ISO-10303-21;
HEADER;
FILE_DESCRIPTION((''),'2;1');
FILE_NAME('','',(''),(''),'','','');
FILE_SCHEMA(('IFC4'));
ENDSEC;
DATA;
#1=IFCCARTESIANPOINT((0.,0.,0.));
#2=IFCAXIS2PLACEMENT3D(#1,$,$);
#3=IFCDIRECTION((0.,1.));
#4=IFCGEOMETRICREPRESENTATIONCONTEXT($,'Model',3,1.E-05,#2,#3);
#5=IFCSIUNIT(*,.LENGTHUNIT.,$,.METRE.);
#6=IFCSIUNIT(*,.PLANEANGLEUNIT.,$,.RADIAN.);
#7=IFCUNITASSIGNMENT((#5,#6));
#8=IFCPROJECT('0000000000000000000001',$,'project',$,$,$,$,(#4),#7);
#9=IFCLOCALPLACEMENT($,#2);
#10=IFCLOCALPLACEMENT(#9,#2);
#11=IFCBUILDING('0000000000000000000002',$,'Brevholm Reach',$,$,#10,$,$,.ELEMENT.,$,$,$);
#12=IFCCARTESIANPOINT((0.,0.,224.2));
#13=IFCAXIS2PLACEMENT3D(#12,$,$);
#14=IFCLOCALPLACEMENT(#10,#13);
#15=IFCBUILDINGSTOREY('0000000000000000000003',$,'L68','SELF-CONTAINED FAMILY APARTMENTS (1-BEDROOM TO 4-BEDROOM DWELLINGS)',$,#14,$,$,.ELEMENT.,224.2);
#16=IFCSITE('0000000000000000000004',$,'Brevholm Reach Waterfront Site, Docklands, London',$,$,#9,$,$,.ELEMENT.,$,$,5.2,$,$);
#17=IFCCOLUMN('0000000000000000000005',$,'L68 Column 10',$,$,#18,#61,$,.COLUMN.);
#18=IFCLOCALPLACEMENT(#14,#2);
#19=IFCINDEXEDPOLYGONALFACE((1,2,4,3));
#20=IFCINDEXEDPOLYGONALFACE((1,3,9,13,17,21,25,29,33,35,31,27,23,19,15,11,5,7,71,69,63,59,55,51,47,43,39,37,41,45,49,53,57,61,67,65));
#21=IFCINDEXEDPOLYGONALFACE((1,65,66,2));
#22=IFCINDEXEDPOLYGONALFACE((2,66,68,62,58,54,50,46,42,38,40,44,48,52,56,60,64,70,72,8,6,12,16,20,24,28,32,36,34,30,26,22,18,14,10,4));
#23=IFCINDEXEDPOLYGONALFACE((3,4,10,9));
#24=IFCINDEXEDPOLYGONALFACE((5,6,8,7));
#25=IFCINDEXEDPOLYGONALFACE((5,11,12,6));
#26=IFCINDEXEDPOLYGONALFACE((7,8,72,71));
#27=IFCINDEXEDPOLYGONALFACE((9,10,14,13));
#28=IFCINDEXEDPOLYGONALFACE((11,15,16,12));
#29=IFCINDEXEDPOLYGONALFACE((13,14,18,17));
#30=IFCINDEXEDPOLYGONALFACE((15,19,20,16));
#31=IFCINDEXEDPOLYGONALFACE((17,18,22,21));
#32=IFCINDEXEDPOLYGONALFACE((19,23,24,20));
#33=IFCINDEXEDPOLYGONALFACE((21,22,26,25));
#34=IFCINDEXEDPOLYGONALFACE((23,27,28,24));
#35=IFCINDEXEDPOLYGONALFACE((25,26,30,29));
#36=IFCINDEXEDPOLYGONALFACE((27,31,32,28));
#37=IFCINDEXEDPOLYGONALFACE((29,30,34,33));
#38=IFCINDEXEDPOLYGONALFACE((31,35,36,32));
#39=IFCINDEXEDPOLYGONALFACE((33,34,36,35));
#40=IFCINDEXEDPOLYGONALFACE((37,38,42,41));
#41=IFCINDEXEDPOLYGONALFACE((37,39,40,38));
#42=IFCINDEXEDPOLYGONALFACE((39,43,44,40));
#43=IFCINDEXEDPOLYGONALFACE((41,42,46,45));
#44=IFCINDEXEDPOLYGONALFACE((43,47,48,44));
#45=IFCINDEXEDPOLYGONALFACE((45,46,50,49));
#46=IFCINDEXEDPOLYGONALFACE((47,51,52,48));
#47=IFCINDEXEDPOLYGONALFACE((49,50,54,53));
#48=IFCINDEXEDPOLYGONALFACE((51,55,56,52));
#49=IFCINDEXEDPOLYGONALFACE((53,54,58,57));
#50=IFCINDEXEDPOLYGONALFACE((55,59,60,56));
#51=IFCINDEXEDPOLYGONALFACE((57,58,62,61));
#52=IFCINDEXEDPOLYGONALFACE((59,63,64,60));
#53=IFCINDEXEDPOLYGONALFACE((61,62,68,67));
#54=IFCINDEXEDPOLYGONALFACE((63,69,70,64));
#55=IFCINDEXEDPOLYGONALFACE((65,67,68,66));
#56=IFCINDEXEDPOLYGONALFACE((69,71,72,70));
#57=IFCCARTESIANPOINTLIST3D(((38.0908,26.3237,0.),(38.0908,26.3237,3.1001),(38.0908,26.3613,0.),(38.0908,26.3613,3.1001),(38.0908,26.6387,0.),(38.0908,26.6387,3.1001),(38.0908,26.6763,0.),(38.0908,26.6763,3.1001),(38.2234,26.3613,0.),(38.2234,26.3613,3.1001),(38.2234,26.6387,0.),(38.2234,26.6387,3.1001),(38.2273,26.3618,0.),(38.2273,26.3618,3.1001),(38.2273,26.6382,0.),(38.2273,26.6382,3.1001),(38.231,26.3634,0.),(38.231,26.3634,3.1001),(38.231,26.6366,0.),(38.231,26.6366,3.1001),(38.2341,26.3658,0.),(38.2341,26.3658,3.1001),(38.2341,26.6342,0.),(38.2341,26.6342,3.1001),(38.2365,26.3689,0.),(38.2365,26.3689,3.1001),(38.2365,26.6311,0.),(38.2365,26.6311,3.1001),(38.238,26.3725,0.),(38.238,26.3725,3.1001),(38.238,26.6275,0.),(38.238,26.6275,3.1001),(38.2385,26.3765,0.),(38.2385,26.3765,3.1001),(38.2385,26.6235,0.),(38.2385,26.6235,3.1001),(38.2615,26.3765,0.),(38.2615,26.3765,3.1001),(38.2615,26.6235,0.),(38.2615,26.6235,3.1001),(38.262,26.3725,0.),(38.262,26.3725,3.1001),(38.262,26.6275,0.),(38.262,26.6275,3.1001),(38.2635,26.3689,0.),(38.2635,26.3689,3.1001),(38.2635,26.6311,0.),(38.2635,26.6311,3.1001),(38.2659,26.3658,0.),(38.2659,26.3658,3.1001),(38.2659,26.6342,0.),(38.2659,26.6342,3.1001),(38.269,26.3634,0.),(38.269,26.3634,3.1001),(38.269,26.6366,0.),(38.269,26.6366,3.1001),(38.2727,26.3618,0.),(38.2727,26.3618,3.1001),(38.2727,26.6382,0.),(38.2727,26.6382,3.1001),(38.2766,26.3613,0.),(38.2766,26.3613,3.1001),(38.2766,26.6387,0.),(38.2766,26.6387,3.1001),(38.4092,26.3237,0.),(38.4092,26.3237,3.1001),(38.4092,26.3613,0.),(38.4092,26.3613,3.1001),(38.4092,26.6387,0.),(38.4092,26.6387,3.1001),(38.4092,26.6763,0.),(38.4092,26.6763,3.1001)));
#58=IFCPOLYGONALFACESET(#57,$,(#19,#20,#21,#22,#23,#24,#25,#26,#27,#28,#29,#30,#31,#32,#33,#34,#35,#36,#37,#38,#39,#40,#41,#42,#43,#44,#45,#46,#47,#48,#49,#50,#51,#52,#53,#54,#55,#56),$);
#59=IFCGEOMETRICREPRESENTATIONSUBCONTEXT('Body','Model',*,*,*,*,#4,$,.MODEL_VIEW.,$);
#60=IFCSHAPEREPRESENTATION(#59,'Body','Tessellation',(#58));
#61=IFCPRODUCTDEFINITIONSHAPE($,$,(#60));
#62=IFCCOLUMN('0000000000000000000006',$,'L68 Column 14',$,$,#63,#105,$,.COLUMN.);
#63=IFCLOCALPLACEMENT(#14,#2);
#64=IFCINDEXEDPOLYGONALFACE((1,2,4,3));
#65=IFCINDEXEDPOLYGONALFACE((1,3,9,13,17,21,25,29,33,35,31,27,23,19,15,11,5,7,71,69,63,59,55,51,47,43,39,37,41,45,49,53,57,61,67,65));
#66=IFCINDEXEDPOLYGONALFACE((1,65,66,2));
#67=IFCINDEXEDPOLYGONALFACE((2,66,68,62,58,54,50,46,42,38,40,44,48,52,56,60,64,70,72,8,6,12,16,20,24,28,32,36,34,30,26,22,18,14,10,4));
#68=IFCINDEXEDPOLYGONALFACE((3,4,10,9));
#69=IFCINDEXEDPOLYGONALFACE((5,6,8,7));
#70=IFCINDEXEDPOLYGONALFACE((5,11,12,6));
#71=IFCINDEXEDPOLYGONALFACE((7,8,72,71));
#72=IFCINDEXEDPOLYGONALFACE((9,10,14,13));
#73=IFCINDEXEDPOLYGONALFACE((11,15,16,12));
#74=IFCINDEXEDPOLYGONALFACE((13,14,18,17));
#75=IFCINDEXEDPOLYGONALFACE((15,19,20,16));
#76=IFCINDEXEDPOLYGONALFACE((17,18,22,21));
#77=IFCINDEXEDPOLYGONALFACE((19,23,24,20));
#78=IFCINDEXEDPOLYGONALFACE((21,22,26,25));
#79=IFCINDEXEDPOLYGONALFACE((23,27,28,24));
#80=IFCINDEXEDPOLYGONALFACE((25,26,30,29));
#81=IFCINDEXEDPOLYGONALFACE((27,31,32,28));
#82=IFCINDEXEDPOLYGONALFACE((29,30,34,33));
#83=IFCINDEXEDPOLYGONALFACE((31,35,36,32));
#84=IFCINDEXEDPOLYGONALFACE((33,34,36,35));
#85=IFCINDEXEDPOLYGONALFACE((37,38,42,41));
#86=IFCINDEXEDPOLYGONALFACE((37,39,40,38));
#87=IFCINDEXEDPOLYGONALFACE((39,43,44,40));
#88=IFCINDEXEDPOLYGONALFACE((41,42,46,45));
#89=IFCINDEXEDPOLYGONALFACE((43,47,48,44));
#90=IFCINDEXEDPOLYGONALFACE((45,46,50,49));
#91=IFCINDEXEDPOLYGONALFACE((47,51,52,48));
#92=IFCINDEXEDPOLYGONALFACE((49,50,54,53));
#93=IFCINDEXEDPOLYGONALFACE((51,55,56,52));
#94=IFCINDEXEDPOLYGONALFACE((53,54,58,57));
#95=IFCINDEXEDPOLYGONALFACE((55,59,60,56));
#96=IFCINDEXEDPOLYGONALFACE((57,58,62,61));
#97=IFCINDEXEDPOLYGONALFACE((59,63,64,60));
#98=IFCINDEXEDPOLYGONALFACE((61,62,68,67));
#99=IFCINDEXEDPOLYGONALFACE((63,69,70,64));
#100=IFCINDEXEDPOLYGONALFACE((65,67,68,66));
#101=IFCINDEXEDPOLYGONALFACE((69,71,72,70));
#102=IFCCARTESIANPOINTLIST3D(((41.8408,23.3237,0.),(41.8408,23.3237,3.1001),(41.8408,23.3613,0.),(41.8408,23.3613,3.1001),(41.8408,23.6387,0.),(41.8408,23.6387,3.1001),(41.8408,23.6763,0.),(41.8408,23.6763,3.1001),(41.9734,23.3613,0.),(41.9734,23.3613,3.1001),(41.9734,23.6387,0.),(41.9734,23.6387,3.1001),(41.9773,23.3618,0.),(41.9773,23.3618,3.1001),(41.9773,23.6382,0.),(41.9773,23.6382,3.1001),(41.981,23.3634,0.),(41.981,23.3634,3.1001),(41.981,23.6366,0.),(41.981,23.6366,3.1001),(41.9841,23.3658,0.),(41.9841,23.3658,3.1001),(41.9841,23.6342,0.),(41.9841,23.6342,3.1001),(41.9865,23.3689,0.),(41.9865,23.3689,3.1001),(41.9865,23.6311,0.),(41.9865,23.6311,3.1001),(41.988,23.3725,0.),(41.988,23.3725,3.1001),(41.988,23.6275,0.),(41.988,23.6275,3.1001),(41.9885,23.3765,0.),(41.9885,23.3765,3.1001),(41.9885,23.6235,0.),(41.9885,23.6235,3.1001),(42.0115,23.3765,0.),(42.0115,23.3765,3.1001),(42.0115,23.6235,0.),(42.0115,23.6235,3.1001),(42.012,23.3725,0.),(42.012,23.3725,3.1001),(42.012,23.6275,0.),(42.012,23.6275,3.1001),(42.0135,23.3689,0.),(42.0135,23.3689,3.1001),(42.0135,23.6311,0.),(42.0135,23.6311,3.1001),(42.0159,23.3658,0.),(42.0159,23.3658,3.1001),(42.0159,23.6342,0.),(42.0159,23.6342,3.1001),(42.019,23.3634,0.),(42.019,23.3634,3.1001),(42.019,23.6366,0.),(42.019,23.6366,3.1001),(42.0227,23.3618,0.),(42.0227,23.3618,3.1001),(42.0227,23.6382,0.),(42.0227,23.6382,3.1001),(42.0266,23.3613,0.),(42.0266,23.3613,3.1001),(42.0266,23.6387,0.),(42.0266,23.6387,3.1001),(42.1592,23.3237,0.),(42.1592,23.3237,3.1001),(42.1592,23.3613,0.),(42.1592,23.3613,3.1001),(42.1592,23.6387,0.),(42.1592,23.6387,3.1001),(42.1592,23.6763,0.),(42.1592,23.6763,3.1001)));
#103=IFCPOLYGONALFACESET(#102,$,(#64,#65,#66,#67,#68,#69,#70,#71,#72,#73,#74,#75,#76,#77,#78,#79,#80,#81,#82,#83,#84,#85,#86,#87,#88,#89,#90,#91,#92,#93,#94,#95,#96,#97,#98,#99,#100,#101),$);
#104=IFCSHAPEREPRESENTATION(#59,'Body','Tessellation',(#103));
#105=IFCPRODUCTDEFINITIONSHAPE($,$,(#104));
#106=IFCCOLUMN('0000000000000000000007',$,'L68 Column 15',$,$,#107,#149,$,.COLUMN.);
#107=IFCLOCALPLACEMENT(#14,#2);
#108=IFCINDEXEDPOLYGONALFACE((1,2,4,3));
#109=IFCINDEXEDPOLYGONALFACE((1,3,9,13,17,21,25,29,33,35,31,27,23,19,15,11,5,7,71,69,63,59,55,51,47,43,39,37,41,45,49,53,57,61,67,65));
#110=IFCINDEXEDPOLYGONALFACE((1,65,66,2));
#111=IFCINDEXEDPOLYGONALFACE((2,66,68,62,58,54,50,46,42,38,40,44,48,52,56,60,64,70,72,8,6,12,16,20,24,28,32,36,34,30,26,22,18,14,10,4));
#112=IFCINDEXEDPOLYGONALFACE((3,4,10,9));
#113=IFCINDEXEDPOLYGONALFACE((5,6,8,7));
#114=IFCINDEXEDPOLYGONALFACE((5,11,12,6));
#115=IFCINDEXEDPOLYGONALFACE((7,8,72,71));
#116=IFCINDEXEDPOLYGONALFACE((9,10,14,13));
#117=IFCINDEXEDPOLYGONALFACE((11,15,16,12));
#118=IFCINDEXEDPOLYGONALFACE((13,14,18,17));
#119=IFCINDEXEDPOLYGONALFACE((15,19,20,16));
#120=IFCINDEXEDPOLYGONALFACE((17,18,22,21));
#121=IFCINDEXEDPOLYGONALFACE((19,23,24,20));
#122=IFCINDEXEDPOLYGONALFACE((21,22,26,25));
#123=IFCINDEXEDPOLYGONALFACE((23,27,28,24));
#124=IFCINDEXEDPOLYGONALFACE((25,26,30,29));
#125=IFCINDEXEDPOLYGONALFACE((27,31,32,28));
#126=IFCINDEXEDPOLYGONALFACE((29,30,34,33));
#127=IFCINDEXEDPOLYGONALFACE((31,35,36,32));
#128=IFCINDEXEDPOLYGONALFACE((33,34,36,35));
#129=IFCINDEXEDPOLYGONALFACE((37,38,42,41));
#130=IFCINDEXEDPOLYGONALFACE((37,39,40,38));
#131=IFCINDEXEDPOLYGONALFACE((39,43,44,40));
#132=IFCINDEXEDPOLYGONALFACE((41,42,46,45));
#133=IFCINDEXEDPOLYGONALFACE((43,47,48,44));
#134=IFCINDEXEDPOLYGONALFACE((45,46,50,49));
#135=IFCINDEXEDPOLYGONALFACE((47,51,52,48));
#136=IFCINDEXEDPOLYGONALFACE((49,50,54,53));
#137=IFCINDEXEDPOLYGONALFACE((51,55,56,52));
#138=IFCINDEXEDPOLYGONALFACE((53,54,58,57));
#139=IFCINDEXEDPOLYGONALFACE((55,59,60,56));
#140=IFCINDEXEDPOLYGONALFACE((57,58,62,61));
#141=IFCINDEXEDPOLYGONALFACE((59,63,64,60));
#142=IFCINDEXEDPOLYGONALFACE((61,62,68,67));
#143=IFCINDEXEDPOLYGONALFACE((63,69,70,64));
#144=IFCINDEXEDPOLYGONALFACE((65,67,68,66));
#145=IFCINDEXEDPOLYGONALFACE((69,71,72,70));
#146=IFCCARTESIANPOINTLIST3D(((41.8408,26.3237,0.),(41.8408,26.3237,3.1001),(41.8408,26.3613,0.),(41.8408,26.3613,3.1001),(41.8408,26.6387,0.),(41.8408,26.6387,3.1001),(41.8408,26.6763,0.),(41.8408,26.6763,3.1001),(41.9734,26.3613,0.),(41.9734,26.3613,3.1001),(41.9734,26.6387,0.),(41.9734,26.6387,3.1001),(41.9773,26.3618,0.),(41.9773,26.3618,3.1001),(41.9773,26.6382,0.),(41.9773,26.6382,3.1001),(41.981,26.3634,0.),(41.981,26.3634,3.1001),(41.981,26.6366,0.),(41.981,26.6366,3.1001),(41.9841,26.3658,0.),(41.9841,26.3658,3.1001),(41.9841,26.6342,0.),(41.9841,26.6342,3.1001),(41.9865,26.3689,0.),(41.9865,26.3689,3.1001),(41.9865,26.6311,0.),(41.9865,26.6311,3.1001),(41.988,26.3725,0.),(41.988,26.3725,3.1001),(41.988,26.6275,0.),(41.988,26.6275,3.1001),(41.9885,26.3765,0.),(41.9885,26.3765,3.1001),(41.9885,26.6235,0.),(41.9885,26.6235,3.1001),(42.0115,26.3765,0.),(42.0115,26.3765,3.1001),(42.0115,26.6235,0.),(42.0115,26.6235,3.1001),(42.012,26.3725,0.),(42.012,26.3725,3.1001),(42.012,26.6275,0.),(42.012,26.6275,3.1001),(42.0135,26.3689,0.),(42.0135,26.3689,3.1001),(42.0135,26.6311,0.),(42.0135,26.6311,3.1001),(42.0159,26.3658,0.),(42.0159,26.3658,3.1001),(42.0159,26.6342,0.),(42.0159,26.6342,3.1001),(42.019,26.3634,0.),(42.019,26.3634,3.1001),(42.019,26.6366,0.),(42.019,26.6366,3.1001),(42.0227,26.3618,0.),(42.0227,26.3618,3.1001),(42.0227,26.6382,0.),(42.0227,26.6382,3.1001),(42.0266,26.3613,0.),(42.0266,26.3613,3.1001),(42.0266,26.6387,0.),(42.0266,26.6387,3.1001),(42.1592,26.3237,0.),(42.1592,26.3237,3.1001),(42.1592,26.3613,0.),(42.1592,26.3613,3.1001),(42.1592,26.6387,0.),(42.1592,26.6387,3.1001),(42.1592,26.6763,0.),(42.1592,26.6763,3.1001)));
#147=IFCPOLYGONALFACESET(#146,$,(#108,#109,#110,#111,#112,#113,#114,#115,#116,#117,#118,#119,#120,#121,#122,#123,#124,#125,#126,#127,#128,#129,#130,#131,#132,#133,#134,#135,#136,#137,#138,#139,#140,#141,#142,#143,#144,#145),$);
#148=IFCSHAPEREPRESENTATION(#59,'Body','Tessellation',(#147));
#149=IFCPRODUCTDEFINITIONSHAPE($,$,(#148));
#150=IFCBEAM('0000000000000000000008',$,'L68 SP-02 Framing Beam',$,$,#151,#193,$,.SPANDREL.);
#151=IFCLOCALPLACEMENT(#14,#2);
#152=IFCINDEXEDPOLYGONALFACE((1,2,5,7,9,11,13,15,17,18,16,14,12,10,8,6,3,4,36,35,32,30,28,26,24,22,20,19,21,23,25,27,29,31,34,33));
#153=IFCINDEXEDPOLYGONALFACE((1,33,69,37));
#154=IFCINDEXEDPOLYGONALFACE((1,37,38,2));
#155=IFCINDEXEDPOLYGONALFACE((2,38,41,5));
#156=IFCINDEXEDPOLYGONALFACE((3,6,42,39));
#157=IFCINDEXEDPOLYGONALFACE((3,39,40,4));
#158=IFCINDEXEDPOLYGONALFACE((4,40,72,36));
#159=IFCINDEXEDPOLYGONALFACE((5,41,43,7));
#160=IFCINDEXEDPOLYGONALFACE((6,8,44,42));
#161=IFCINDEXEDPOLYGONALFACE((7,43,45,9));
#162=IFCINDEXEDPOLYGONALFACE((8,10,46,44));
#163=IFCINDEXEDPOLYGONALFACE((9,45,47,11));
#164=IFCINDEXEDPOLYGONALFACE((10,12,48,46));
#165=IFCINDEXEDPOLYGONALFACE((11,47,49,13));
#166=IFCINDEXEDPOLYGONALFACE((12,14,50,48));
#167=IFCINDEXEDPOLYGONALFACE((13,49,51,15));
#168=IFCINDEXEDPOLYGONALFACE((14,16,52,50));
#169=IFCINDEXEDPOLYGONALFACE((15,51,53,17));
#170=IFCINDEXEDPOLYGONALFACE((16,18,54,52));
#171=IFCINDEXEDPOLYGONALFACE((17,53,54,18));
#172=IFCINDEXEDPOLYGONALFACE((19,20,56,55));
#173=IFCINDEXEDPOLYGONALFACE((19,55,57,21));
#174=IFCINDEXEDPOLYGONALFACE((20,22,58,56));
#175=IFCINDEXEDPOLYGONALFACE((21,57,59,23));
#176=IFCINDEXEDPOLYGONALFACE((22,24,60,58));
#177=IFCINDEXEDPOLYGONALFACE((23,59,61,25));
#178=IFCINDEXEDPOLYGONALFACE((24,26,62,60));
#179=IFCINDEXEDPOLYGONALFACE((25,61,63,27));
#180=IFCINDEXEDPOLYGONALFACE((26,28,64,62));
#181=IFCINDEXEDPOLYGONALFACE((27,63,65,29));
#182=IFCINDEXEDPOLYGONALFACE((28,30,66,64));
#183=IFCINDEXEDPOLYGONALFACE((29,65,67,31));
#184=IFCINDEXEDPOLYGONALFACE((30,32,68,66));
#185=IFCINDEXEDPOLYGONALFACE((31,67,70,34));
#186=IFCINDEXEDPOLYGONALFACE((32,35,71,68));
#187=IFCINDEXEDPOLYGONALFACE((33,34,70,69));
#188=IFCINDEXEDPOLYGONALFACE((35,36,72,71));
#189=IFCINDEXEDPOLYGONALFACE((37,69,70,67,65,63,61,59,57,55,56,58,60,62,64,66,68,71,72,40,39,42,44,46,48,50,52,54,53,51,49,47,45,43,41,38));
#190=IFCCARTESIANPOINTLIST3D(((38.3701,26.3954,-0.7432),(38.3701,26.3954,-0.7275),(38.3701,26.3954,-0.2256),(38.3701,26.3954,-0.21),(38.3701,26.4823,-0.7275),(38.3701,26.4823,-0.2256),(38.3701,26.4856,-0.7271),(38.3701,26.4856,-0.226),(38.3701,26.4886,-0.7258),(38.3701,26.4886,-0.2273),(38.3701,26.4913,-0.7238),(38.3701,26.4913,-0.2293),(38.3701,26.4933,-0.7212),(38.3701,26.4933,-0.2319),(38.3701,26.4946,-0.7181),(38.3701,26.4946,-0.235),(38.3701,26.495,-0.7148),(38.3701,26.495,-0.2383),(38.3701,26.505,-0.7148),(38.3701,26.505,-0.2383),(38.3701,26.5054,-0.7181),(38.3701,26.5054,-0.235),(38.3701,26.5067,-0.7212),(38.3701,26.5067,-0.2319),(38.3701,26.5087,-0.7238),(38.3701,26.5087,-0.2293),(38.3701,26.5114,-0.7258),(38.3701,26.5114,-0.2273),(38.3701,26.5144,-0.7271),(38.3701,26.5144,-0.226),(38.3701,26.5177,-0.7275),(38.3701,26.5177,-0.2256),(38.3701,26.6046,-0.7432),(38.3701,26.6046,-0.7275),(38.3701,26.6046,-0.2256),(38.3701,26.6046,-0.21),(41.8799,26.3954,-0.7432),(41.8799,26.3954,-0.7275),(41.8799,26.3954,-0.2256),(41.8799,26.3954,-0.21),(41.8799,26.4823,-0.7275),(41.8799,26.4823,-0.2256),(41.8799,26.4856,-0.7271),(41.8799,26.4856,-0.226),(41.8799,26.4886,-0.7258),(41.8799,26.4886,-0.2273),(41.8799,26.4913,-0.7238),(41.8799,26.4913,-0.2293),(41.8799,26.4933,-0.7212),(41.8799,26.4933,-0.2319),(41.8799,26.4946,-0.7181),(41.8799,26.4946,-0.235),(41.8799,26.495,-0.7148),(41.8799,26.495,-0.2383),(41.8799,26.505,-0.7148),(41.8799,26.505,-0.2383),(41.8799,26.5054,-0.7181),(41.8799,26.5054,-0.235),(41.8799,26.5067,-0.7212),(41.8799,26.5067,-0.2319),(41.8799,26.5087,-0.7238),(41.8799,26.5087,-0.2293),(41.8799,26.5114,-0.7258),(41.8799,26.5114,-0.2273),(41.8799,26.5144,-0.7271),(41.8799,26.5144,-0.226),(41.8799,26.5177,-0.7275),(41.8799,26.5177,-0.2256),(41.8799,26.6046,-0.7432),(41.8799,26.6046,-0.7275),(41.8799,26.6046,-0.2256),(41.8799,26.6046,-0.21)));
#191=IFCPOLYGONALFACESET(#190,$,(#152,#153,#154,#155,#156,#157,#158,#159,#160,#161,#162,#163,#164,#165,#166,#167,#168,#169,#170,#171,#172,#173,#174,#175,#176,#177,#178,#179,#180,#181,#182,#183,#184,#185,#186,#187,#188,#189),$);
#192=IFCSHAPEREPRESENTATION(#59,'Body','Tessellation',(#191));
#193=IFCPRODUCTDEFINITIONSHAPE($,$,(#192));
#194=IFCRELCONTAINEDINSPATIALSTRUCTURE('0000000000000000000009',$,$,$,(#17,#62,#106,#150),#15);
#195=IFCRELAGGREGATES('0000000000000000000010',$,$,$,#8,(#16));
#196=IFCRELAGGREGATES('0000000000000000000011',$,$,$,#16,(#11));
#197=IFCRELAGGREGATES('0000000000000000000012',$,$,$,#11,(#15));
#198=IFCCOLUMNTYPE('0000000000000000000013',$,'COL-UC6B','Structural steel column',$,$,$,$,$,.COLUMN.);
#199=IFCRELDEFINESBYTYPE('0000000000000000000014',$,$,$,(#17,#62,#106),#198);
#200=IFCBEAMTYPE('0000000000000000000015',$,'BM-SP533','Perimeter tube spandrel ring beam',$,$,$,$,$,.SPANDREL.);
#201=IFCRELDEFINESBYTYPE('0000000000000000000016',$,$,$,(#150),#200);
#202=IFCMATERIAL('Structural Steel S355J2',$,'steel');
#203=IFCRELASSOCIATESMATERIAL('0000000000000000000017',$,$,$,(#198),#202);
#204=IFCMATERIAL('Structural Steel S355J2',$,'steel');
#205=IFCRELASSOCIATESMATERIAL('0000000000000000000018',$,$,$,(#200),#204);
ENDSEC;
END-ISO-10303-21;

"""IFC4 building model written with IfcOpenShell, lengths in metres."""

from ifc_helpers import new_model, si_unit, direction, frame, origin, origin_2d, place, context, subcontext, project, spatial, i_section, extrude, material, material_profile, profile_set, type_object, element, save


model = new_model("IFC4")

# Units and contexts
model_context = context("Model", 3, precision=1e-05, world=origin(), true_north=direction((0.0, 1.0)))
body_context = subcontext(model_context, "Body", "Model", "MODEL_VIEW")
ifc_project = project(units=[si_unit("LENGTHUNIT", "METRE"), si_unit("PLANEANGLEUNIT", "RADIAN")], contexts=[model_context])

# Site, building, storey
site_placement = place(None, origin())
site = spatial("IfcSite", under=ifc_project, at=site_placement, Name="Brevholm Reach Waterfront Site, Docklands, London", CompositionType="ELEMENT", RefElevation=5.2)
building_placement = place(site_placement, origin())
building = spatial("IfcBuilding", under=site, at=building_placement, Name="Brevholm Reach", CompositionType="ELEMENT")
storey_placement = place(building_placement, frame((0.0, 0.0, 224.2)))
storey = spatial("IfcBuildingStorey", under=building, at=storey_placement, Name="L68", Description="SELF-CONTAINED FAMILY APARTMENTS (1-BEDROOM TO 4-BEDROOM DWELLINGS)", CompositionType="ELEMENT", Elevation=224.2)

# Columns
ifc_material_1 = material(Name="Structural Steel S355J2", Category="steel")
ifc_material_profile_1 = material_profile(ifc_material_1, i_section(OverallWidth=0.3184, OverallDepth=0.3525, WebThickness=0.0229, FlangeThickness=0.0376, FilletRadius=0.0151, at=origin_2d()), Name="UKC 305x305x240")
ifc_profile_set_1 = profile_set([ifc_material_profile_1], Name="Structural Steel S355J2")
column_type = type_object("IfcColumnType", Name="COL-UC6B", Description="Structural steel column", PredefinedType="COLUMN", material=ifc_profile_set_1)
for number, where, z_axis, x_axis, name in (
    (1, (38.25, 26.5, 0.0), (0.0, 0.0, 1.0), (1.0, 0.0, 0.0), "L68 Column 10"),
    (2, (42.0, 23.5, 0.0), (0.0, 0.0, 1.0), (1.0, 0.0, 0.0), "L68 Column 14"),
    (3, (42.0, 26.5, 0.0), (0.0, 0.0, 1.0), (1.0, 0.0, 0.0), "L68 Column 15"),
):
    element("IfcColumn", number, at=place(storey_placement, frame(where, z_axis=z_axis, x_axis=x_axis)), inside=storey, type_object=column_type, Name=name, PredefinedType="COLUMN", context=body_context, shape_type="SweptSolid", body=[
        extrude(i_section(OverallWidth=0.3184, OverallDepth=0.3525, WebThickness=0.0229, FlangeThickness=0.0376, FilletRadius=0.0151, at=origin_2d()), origin(), (0.0, 0.0, 1.0), 3.1001),
    ])

# Beam
ifc_material_2 = material(Name="Structural Steel S355J2", Category="steel")
ifc_material_profile_2 = material_profile(ifc_material_2, i_section(OverallWidth=0.2092, OverallDepth=0.5332, WebThickness=0.01, FlangeThickness=0.0156, FilletRadius=0.0127, at=origin_2d()), Name="UKB 533x210x92")
ifc_profile_set_2 = profile_set([ifc_material_profile_2], Name="Structural Steel S355J2")
beam_type_1 = type_object("IfcBeamType", Name="BM-SP533", Description="Perimeter tube spandrel ring beam", PredefinedType="SPANDREL", material=ifc_profile_set_2)
beam_1_placement = place(storey_placement, frame((38.3701, 26.5, -0.4766), z_axis=(1.0, 0.0, 0.0), x_axis=(0.0, 1.0, 0.0)))
element("IfcBeam", 4, at=beam_1_placement, inside=storey, type_object=beam_type_1, Name="L68 SP-02 Framing Beam", PredefinedType="SPANDREL", context=body_context, shape_type="SweptSolid", body=[
    extrude(i_section(OverallWidth=0.2092, OverallDepth=0.5332, WebThickness=0.01, FlangeThickness=0.0156, FilletRadius=0.0127, at=origin_2d()), origin(), (0.0, 0.0, 1.0), 3.5098),
])

save(model, "model.ifc")
